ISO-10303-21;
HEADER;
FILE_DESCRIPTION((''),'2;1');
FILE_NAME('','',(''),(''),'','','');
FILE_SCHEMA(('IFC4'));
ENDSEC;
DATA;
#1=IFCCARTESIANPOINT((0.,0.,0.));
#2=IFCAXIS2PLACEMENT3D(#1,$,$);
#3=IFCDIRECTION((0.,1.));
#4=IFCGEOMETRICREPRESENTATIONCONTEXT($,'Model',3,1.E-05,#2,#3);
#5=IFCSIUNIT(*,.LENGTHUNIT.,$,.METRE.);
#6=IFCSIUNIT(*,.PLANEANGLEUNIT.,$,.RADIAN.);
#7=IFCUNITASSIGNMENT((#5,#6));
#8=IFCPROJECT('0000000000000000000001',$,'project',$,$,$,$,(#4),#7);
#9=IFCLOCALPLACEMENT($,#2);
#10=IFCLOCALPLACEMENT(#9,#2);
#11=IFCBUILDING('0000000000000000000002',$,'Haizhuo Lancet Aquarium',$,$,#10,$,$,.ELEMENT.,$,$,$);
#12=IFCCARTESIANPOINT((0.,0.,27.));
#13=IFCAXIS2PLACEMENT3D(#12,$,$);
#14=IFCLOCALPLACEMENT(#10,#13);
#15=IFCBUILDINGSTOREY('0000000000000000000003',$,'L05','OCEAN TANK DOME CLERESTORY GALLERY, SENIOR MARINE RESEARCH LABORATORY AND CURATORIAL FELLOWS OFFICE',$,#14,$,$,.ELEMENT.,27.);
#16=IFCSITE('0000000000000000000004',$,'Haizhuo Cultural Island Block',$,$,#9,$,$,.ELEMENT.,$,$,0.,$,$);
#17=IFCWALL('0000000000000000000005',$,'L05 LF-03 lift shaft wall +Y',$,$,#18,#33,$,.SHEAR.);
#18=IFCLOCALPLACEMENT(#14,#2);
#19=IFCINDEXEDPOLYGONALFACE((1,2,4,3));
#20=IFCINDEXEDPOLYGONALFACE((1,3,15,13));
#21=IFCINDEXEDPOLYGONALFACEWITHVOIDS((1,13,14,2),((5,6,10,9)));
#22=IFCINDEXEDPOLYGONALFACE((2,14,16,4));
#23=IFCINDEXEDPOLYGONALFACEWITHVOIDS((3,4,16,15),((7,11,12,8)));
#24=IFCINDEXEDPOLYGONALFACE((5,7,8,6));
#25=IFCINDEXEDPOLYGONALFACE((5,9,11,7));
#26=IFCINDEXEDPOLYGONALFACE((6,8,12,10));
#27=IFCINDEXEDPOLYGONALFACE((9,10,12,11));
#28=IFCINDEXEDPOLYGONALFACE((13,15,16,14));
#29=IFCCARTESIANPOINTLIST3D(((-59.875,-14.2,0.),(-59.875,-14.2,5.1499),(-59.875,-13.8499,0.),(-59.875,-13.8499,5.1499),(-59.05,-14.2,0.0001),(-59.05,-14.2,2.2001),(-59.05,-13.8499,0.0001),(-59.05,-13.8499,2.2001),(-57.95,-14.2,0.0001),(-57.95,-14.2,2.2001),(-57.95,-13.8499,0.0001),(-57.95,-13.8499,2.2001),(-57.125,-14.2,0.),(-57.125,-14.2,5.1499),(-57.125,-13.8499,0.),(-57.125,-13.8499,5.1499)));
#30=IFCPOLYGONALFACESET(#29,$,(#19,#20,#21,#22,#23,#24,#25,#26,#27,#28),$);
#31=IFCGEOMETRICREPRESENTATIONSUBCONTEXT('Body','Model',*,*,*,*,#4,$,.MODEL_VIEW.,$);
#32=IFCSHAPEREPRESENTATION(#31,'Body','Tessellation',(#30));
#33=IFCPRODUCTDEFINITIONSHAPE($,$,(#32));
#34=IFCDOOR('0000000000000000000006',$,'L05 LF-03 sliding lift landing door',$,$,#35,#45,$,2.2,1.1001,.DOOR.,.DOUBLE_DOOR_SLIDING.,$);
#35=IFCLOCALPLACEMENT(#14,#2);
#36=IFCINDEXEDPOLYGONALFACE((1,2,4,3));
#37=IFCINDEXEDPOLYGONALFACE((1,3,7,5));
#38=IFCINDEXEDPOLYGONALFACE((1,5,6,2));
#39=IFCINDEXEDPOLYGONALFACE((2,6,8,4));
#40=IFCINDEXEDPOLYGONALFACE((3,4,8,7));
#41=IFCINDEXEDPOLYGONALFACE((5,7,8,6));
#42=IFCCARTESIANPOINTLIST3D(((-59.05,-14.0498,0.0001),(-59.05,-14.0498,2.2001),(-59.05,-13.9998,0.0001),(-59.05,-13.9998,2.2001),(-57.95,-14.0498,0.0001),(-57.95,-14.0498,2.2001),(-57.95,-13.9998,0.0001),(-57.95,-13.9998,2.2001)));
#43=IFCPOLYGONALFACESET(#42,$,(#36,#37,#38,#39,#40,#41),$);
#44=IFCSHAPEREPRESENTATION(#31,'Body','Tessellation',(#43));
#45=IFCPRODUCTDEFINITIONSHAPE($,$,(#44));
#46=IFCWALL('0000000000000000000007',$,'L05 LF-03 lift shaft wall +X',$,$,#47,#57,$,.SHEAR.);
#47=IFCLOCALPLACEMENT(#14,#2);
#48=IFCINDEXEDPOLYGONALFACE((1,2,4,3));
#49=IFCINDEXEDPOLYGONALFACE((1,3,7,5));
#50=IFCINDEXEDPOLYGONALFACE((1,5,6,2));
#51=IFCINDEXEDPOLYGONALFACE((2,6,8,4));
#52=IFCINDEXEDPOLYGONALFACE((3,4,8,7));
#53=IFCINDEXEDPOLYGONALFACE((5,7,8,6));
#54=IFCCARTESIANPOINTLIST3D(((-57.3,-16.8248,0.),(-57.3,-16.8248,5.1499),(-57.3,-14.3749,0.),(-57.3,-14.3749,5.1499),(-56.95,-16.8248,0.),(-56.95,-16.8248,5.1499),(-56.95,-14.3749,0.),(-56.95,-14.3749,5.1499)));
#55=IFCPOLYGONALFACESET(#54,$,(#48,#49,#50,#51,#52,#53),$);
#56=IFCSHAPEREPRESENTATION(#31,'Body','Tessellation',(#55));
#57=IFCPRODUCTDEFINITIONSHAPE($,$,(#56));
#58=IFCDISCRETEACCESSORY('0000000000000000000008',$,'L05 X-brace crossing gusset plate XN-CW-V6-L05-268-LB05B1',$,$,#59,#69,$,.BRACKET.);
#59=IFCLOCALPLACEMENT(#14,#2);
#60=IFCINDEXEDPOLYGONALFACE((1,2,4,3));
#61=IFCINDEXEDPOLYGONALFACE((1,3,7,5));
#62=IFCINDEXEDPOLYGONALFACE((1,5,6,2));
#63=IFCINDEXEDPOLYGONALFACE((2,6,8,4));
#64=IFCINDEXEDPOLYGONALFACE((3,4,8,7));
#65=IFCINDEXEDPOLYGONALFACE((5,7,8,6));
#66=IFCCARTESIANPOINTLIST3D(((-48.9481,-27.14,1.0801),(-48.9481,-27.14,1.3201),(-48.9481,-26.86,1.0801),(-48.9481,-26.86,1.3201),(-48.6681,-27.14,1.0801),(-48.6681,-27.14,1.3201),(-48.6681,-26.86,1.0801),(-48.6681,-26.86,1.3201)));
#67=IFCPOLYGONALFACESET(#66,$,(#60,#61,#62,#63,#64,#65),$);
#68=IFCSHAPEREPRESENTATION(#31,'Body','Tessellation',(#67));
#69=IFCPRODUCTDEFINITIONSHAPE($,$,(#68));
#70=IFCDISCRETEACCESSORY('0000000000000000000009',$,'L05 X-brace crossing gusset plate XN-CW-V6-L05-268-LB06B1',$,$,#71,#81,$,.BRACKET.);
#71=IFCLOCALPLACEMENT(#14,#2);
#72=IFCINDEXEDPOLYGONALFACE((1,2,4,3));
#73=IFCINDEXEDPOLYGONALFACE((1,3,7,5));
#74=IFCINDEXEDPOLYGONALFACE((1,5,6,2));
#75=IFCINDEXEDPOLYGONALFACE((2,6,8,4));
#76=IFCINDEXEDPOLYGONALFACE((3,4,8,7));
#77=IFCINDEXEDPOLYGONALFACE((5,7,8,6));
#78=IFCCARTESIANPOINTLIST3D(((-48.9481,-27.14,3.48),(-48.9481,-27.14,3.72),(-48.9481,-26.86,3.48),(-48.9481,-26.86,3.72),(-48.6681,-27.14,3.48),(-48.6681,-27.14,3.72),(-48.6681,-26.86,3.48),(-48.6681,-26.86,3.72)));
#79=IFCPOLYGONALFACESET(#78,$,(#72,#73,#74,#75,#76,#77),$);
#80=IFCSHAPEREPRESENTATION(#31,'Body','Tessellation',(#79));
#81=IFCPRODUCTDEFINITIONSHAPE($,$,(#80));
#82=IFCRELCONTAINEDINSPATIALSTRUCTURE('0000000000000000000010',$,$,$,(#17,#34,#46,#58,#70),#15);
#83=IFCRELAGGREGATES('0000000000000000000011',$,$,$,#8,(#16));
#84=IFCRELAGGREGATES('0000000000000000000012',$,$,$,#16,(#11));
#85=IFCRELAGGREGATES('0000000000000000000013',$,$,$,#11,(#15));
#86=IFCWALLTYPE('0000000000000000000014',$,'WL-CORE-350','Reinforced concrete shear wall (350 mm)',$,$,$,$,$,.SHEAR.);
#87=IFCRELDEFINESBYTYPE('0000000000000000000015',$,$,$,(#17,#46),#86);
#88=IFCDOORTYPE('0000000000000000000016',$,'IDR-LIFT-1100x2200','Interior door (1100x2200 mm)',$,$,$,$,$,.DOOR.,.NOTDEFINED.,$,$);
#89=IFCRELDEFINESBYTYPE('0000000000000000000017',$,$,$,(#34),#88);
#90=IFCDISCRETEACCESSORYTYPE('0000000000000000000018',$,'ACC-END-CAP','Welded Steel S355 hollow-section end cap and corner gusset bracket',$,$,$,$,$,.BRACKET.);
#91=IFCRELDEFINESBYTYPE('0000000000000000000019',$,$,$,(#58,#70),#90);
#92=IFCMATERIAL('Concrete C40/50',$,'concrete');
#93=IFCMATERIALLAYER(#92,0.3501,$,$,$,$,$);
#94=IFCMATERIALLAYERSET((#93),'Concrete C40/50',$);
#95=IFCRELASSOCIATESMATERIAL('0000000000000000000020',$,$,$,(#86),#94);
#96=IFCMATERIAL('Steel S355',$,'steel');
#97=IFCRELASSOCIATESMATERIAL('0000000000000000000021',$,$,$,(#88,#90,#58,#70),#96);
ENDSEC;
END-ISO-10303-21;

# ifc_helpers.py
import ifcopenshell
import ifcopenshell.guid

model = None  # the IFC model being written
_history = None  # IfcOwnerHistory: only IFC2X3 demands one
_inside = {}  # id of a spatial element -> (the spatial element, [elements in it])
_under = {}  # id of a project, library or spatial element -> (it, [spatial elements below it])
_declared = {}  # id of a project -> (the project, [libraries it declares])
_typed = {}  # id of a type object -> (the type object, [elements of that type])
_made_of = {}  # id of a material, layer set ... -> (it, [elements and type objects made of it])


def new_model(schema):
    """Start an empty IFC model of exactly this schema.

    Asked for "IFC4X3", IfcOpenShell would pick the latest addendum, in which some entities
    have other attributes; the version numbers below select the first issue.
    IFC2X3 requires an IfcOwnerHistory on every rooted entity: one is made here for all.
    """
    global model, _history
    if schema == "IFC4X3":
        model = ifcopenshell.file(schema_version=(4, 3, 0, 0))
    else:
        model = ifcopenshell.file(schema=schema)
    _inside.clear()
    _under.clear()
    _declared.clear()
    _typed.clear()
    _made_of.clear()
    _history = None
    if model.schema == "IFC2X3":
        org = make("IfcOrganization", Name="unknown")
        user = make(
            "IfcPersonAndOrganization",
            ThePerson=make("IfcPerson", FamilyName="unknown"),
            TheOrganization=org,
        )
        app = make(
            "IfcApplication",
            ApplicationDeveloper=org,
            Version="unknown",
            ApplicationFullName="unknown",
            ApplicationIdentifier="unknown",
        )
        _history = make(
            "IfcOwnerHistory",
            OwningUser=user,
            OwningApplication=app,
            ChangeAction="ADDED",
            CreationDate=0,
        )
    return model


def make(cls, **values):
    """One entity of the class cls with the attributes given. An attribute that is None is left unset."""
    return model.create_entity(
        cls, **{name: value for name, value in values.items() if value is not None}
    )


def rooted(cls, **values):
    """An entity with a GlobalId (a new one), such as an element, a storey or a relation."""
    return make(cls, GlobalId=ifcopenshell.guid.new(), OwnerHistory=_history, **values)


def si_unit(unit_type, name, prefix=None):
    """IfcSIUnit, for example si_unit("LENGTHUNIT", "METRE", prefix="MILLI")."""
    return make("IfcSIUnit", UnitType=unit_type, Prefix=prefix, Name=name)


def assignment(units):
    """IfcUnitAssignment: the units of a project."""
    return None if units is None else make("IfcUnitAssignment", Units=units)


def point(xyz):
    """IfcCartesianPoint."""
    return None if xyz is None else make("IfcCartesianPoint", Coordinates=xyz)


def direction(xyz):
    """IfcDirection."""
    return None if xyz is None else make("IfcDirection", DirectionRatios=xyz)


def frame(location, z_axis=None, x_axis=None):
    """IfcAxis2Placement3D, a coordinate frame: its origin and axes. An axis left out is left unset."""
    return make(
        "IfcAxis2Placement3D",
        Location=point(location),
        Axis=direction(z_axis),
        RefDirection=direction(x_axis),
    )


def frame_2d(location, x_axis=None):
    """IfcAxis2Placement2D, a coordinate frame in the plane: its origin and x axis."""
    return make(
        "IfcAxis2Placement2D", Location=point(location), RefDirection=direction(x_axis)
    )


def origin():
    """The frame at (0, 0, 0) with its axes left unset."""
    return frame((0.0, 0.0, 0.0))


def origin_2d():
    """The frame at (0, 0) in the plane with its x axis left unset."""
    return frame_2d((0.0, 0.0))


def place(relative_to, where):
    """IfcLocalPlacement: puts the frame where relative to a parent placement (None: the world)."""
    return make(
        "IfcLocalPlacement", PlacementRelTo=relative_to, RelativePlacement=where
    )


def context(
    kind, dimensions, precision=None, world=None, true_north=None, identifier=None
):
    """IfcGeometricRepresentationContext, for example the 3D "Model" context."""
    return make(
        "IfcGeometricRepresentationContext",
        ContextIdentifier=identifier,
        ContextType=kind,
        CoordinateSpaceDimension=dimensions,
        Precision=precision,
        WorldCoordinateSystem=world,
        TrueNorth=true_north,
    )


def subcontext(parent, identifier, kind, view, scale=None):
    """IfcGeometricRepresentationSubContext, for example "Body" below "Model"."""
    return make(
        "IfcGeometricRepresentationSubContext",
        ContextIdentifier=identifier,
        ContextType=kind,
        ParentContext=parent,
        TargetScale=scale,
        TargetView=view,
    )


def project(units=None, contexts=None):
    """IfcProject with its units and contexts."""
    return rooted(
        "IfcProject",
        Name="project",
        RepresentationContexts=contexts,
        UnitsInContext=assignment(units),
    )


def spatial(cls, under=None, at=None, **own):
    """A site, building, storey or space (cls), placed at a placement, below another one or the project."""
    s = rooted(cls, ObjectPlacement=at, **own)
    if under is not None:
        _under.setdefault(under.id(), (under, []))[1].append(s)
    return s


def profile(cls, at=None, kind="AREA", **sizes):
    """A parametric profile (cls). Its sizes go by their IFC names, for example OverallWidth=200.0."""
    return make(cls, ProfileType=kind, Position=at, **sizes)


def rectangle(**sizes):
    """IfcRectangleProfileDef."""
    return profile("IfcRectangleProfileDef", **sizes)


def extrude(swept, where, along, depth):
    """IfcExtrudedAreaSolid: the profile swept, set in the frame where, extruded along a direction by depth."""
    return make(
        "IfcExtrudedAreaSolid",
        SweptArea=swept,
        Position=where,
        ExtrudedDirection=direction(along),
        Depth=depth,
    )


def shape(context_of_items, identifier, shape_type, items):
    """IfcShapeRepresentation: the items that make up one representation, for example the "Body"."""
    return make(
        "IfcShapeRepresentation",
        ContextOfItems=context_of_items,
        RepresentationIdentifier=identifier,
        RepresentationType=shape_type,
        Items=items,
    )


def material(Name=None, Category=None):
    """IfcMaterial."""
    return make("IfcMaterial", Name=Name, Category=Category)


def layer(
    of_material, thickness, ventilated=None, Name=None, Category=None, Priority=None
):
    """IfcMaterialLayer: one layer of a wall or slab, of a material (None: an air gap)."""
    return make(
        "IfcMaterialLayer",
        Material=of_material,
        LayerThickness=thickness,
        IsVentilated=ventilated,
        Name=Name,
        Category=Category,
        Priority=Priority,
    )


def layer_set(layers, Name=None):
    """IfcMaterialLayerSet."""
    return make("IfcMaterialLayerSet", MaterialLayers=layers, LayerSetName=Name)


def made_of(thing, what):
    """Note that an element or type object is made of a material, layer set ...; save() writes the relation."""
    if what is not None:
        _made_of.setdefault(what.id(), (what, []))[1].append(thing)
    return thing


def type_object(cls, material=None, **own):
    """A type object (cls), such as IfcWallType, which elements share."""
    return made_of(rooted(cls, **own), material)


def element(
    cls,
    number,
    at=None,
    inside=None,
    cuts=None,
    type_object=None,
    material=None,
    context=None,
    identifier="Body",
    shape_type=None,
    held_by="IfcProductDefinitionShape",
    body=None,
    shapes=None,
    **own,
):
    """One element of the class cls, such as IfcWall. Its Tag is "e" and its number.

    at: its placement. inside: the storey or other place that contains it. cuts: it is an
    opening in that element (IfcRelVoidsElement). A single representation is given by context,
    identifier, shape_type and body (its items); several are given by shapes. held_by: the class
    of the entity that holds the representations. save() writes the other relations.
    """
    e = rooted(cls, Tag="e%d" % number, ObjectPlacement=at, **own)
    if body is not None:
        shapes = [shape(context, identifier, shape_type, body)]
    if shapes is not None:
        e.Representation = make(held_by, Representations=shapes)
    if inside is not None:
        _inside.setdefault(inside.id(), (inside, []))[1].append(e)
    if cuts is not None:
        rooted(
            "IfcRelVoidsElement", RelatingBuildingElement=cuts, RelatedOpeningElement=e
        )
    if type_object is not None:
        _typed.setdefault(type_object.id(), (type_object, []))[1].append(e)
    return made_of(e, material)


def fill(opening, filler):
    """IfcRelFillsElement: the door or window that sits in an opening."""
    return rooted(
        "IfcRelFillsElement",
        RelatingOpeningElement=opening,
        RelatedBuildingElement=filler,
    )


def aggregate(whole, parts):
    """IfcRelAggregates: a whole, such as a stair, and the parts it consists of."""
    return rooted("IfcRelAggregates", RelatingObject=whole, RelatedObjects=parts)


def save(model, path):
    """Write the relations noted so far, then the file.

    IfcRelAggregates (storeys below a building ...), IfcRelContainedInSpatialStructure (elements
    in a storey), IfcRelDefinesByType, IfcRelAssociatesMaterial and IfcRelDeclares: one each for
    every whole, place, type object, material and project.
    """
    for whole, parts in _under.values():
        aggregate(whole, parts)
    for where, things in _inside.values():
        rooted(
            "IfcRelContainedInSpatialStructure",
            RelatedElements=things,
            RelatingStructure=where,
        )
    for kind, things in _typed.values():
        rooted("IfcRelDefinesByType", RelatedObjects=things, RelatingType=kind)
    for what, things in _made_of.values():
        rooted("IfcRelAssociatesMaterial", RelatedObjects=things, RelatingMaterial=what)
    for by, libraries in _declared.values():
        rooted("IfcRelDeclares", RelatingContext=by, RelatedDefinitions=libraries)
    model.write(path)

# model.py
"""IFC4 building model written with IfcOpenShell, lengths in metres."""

from ifc_helpers import new_model, si_unit, direction, frame, frame_2d, origin, origin_2d, place, context, subcontext, project, spatial, rectangle, extrude, material, layer, layer_set, type_object, element, fill, save


model = new_model("IFC4")

# Units and contexts
model_context = context("Model", 3, precision=1e-05, world=origin(), true_north=direction((0.0, 1.0)))
body_context = subcontext(model_context, "Body", "Model", "MODEL_VIEW")
ifc_project = project(units=[si_unit("LENGTHUNIT", "METRE"), si_unit("PLANEANGLEUNIT", "RADIAN")], contexts=[model_context])

# Site, building, storey
site_placement = place(None, origin())
site = spatial("IfcSite", under=ifc_project, at=site_placement, Name="Haizhuo Cultural Island Block", CompositionType="ELEMENT", RefElevation=0.0)
building_placement = place(site_placement, origin())
building = spatial("IfcBuilding", under=site, at=building_placement, Name="Haizhuo Lancet Aquarium", CompositionType="ELEMENT")
storey_placement = place(building_placement, frame((0.0, 0.0, 27.0)))
storey = spatial("IfcBuildingStorey", under=building, at=storey_placement, Name="L05", Description="OCEAN TANK DOME CLERESTORY GALLERY, SENIOR MARINE RESEARCH LABORATORY AND CURATORIAL FELLOWS OFFICE", CompositionType="ELEMENT", Elevation=27.0)

# Shared definitions
ifc_material_1 = material(Name="Concrete C40/50", Category="concrete")

# Shared definitions
ifc_material_2 = material(Name="Steel S355", Category="steel")

# Wall, opening, door
ifc_layer_1 = layer(ifc_material_1, 0.3501)
ifc_layer_set_1 = layer_set([ifc_layer_1], Name="Concrete C40/50")
wall_type_1 = type_object("IfcWallType", Name="WL-CORE-350", Description="Reinforced concrete shear wall (350 mm)", PredefinedType="SHEAR", material=ifc_layer_set_1)
wall_1_placement = place(storey_placement, frame((-57.125, -14.0249, 0.0), z_axis=(0.0, 0.0, 1.0), x_axis=(-1.0, 0.0, 0.0)))
wall_1 = element("IfcWall", 1, at=wall_1_placement, inside=storey, type_object=wall_type_1, Name="L05 LF-03 lift shaft wall +Y", PredefinedType="SHEAR", context=body_context, shape_type="SweptSolid", body=[
    extrude(rectangle(XDim=2.75, YDim=0.3501, at=frame_2d((1.375, 0.0))), origin(), (0.0, 0.0, 1.0), 5.1499),
])
opening_1_placement = place(wall_1_placement, frame((0.825, 0.0, 0.0)))
opening_1 = element("IfcOpeningElement", 2, at=opening_1_placement, cuts=wall_1, PredefinedType="OPENING", context=body_context, shape_type="SweptSolid", body=[
    extrude(rectangle(XDim=1.1001, YDim=2.2, at=frame_2d((0.55, 1.1001))), frame((0.0, 0.1851, 0.0), z_axis=(0.0, -1.0, 0.0), x_axis=(1.0, 0.0, 0.0)), (0.0, 0.0, 1.0), 0.3701),
])
door_type_1 = type_object("IfcDoorType", Name="IDR-LIFT-1100x2200", Description="Interior door (1100x2200 mm)", OperationType="NOTDEFINED", PredefinedType="DOOR", material=ifc_material_2)
door_1_placement = place(opening_1_placement, origin())
door_1 = element("IfcDoor", 3, at=door_1_placement, inside=storey, type_object=door_type_1, Name="L05 LF-03 sliding lift landing door", OperationType="DOUBLE_DOOR_SLIDING", OverallHeight=2.2, OverallWidth=1.1001, PredefinedType="DOOR", context=body_context, shape_type="SweptSolid", body=[
    extrude(rectangle(XDim=1.1001, YDim=2.2, at=frame_2d((0.55, 1.1001))), frame((0.0, 0.0249, 0.0), z_axis=(0.0, -1.0, 0.0), x_axis=(1.0, 0.0, 0.0)), (0.0, 0.0, 1.0), 0.05),
])
fill(opening_1, door_1)

# Wall
wall_2_placement = place(storey_placement, frame((-57.125, -16.825, 0.0), z_axis=(0.0, 0.0, 1.0), x_axis=(0.0, 1.0, 0.0)))
element("IfcWall", 4, at=wall_2_placement, inside=storey, type_object=wall_type_1, Name="L05 LF-03 lift shaft wall +X", PredefinedType="SHEAR", context=body_context, shape_type="SweptSolid", body=[
    extrude(rectangle(XDim=2.45, YDim=0.3501, at=frame_2d((1.2251, 0.0))), origin(), (0.0, 0.0, 1.0), 5.1499),
])

# Discrete accessories
discrete_accessory_type = type_object("IfcDiscreteAccessoryType", Name="ACC-END-CAP", Description="Welded Steel S355 hollow-section end cap and corner gusset bracket", PredefinedType="BRACKET", material=ifc_material_2)
for number, where, z_axis, x_axis, name in (
    (5, (-48.8081, -27.0, 1.0801), (0.0, 0.0, 1.0), (1.0, 0.0, 0.0), "L05 X-brace crossing gusset plate XN-CW-V6-L05-268-LB05B1"),
    (6, (-48.8081, -27.0, 3.48), (0.0, 0.0, 1.0), (1.0, 0.0, 0.0), "L05 X-brace crossing gusset plate XN-CW-V6-L05-268-LB06B1"),
):
    element("IfcDiscreteAccessory", number, at=place(storey_placement, frame(where, z_axis=z_axis, x_axis=x_axis)), inside=storey, type_object=discrete_accessory_type, material=ifc_material_2, Name=name, PredefinedType="BRACKET", context=body_context, shape_type="SweptSolid", body=[
        extrude(rectangle(XDim=0.28, YDim=0.28, at=origin_2d()), origin(), (0.0, 0.0, 1.0), 0.24),
    ])

save(model, "model.ifc")
